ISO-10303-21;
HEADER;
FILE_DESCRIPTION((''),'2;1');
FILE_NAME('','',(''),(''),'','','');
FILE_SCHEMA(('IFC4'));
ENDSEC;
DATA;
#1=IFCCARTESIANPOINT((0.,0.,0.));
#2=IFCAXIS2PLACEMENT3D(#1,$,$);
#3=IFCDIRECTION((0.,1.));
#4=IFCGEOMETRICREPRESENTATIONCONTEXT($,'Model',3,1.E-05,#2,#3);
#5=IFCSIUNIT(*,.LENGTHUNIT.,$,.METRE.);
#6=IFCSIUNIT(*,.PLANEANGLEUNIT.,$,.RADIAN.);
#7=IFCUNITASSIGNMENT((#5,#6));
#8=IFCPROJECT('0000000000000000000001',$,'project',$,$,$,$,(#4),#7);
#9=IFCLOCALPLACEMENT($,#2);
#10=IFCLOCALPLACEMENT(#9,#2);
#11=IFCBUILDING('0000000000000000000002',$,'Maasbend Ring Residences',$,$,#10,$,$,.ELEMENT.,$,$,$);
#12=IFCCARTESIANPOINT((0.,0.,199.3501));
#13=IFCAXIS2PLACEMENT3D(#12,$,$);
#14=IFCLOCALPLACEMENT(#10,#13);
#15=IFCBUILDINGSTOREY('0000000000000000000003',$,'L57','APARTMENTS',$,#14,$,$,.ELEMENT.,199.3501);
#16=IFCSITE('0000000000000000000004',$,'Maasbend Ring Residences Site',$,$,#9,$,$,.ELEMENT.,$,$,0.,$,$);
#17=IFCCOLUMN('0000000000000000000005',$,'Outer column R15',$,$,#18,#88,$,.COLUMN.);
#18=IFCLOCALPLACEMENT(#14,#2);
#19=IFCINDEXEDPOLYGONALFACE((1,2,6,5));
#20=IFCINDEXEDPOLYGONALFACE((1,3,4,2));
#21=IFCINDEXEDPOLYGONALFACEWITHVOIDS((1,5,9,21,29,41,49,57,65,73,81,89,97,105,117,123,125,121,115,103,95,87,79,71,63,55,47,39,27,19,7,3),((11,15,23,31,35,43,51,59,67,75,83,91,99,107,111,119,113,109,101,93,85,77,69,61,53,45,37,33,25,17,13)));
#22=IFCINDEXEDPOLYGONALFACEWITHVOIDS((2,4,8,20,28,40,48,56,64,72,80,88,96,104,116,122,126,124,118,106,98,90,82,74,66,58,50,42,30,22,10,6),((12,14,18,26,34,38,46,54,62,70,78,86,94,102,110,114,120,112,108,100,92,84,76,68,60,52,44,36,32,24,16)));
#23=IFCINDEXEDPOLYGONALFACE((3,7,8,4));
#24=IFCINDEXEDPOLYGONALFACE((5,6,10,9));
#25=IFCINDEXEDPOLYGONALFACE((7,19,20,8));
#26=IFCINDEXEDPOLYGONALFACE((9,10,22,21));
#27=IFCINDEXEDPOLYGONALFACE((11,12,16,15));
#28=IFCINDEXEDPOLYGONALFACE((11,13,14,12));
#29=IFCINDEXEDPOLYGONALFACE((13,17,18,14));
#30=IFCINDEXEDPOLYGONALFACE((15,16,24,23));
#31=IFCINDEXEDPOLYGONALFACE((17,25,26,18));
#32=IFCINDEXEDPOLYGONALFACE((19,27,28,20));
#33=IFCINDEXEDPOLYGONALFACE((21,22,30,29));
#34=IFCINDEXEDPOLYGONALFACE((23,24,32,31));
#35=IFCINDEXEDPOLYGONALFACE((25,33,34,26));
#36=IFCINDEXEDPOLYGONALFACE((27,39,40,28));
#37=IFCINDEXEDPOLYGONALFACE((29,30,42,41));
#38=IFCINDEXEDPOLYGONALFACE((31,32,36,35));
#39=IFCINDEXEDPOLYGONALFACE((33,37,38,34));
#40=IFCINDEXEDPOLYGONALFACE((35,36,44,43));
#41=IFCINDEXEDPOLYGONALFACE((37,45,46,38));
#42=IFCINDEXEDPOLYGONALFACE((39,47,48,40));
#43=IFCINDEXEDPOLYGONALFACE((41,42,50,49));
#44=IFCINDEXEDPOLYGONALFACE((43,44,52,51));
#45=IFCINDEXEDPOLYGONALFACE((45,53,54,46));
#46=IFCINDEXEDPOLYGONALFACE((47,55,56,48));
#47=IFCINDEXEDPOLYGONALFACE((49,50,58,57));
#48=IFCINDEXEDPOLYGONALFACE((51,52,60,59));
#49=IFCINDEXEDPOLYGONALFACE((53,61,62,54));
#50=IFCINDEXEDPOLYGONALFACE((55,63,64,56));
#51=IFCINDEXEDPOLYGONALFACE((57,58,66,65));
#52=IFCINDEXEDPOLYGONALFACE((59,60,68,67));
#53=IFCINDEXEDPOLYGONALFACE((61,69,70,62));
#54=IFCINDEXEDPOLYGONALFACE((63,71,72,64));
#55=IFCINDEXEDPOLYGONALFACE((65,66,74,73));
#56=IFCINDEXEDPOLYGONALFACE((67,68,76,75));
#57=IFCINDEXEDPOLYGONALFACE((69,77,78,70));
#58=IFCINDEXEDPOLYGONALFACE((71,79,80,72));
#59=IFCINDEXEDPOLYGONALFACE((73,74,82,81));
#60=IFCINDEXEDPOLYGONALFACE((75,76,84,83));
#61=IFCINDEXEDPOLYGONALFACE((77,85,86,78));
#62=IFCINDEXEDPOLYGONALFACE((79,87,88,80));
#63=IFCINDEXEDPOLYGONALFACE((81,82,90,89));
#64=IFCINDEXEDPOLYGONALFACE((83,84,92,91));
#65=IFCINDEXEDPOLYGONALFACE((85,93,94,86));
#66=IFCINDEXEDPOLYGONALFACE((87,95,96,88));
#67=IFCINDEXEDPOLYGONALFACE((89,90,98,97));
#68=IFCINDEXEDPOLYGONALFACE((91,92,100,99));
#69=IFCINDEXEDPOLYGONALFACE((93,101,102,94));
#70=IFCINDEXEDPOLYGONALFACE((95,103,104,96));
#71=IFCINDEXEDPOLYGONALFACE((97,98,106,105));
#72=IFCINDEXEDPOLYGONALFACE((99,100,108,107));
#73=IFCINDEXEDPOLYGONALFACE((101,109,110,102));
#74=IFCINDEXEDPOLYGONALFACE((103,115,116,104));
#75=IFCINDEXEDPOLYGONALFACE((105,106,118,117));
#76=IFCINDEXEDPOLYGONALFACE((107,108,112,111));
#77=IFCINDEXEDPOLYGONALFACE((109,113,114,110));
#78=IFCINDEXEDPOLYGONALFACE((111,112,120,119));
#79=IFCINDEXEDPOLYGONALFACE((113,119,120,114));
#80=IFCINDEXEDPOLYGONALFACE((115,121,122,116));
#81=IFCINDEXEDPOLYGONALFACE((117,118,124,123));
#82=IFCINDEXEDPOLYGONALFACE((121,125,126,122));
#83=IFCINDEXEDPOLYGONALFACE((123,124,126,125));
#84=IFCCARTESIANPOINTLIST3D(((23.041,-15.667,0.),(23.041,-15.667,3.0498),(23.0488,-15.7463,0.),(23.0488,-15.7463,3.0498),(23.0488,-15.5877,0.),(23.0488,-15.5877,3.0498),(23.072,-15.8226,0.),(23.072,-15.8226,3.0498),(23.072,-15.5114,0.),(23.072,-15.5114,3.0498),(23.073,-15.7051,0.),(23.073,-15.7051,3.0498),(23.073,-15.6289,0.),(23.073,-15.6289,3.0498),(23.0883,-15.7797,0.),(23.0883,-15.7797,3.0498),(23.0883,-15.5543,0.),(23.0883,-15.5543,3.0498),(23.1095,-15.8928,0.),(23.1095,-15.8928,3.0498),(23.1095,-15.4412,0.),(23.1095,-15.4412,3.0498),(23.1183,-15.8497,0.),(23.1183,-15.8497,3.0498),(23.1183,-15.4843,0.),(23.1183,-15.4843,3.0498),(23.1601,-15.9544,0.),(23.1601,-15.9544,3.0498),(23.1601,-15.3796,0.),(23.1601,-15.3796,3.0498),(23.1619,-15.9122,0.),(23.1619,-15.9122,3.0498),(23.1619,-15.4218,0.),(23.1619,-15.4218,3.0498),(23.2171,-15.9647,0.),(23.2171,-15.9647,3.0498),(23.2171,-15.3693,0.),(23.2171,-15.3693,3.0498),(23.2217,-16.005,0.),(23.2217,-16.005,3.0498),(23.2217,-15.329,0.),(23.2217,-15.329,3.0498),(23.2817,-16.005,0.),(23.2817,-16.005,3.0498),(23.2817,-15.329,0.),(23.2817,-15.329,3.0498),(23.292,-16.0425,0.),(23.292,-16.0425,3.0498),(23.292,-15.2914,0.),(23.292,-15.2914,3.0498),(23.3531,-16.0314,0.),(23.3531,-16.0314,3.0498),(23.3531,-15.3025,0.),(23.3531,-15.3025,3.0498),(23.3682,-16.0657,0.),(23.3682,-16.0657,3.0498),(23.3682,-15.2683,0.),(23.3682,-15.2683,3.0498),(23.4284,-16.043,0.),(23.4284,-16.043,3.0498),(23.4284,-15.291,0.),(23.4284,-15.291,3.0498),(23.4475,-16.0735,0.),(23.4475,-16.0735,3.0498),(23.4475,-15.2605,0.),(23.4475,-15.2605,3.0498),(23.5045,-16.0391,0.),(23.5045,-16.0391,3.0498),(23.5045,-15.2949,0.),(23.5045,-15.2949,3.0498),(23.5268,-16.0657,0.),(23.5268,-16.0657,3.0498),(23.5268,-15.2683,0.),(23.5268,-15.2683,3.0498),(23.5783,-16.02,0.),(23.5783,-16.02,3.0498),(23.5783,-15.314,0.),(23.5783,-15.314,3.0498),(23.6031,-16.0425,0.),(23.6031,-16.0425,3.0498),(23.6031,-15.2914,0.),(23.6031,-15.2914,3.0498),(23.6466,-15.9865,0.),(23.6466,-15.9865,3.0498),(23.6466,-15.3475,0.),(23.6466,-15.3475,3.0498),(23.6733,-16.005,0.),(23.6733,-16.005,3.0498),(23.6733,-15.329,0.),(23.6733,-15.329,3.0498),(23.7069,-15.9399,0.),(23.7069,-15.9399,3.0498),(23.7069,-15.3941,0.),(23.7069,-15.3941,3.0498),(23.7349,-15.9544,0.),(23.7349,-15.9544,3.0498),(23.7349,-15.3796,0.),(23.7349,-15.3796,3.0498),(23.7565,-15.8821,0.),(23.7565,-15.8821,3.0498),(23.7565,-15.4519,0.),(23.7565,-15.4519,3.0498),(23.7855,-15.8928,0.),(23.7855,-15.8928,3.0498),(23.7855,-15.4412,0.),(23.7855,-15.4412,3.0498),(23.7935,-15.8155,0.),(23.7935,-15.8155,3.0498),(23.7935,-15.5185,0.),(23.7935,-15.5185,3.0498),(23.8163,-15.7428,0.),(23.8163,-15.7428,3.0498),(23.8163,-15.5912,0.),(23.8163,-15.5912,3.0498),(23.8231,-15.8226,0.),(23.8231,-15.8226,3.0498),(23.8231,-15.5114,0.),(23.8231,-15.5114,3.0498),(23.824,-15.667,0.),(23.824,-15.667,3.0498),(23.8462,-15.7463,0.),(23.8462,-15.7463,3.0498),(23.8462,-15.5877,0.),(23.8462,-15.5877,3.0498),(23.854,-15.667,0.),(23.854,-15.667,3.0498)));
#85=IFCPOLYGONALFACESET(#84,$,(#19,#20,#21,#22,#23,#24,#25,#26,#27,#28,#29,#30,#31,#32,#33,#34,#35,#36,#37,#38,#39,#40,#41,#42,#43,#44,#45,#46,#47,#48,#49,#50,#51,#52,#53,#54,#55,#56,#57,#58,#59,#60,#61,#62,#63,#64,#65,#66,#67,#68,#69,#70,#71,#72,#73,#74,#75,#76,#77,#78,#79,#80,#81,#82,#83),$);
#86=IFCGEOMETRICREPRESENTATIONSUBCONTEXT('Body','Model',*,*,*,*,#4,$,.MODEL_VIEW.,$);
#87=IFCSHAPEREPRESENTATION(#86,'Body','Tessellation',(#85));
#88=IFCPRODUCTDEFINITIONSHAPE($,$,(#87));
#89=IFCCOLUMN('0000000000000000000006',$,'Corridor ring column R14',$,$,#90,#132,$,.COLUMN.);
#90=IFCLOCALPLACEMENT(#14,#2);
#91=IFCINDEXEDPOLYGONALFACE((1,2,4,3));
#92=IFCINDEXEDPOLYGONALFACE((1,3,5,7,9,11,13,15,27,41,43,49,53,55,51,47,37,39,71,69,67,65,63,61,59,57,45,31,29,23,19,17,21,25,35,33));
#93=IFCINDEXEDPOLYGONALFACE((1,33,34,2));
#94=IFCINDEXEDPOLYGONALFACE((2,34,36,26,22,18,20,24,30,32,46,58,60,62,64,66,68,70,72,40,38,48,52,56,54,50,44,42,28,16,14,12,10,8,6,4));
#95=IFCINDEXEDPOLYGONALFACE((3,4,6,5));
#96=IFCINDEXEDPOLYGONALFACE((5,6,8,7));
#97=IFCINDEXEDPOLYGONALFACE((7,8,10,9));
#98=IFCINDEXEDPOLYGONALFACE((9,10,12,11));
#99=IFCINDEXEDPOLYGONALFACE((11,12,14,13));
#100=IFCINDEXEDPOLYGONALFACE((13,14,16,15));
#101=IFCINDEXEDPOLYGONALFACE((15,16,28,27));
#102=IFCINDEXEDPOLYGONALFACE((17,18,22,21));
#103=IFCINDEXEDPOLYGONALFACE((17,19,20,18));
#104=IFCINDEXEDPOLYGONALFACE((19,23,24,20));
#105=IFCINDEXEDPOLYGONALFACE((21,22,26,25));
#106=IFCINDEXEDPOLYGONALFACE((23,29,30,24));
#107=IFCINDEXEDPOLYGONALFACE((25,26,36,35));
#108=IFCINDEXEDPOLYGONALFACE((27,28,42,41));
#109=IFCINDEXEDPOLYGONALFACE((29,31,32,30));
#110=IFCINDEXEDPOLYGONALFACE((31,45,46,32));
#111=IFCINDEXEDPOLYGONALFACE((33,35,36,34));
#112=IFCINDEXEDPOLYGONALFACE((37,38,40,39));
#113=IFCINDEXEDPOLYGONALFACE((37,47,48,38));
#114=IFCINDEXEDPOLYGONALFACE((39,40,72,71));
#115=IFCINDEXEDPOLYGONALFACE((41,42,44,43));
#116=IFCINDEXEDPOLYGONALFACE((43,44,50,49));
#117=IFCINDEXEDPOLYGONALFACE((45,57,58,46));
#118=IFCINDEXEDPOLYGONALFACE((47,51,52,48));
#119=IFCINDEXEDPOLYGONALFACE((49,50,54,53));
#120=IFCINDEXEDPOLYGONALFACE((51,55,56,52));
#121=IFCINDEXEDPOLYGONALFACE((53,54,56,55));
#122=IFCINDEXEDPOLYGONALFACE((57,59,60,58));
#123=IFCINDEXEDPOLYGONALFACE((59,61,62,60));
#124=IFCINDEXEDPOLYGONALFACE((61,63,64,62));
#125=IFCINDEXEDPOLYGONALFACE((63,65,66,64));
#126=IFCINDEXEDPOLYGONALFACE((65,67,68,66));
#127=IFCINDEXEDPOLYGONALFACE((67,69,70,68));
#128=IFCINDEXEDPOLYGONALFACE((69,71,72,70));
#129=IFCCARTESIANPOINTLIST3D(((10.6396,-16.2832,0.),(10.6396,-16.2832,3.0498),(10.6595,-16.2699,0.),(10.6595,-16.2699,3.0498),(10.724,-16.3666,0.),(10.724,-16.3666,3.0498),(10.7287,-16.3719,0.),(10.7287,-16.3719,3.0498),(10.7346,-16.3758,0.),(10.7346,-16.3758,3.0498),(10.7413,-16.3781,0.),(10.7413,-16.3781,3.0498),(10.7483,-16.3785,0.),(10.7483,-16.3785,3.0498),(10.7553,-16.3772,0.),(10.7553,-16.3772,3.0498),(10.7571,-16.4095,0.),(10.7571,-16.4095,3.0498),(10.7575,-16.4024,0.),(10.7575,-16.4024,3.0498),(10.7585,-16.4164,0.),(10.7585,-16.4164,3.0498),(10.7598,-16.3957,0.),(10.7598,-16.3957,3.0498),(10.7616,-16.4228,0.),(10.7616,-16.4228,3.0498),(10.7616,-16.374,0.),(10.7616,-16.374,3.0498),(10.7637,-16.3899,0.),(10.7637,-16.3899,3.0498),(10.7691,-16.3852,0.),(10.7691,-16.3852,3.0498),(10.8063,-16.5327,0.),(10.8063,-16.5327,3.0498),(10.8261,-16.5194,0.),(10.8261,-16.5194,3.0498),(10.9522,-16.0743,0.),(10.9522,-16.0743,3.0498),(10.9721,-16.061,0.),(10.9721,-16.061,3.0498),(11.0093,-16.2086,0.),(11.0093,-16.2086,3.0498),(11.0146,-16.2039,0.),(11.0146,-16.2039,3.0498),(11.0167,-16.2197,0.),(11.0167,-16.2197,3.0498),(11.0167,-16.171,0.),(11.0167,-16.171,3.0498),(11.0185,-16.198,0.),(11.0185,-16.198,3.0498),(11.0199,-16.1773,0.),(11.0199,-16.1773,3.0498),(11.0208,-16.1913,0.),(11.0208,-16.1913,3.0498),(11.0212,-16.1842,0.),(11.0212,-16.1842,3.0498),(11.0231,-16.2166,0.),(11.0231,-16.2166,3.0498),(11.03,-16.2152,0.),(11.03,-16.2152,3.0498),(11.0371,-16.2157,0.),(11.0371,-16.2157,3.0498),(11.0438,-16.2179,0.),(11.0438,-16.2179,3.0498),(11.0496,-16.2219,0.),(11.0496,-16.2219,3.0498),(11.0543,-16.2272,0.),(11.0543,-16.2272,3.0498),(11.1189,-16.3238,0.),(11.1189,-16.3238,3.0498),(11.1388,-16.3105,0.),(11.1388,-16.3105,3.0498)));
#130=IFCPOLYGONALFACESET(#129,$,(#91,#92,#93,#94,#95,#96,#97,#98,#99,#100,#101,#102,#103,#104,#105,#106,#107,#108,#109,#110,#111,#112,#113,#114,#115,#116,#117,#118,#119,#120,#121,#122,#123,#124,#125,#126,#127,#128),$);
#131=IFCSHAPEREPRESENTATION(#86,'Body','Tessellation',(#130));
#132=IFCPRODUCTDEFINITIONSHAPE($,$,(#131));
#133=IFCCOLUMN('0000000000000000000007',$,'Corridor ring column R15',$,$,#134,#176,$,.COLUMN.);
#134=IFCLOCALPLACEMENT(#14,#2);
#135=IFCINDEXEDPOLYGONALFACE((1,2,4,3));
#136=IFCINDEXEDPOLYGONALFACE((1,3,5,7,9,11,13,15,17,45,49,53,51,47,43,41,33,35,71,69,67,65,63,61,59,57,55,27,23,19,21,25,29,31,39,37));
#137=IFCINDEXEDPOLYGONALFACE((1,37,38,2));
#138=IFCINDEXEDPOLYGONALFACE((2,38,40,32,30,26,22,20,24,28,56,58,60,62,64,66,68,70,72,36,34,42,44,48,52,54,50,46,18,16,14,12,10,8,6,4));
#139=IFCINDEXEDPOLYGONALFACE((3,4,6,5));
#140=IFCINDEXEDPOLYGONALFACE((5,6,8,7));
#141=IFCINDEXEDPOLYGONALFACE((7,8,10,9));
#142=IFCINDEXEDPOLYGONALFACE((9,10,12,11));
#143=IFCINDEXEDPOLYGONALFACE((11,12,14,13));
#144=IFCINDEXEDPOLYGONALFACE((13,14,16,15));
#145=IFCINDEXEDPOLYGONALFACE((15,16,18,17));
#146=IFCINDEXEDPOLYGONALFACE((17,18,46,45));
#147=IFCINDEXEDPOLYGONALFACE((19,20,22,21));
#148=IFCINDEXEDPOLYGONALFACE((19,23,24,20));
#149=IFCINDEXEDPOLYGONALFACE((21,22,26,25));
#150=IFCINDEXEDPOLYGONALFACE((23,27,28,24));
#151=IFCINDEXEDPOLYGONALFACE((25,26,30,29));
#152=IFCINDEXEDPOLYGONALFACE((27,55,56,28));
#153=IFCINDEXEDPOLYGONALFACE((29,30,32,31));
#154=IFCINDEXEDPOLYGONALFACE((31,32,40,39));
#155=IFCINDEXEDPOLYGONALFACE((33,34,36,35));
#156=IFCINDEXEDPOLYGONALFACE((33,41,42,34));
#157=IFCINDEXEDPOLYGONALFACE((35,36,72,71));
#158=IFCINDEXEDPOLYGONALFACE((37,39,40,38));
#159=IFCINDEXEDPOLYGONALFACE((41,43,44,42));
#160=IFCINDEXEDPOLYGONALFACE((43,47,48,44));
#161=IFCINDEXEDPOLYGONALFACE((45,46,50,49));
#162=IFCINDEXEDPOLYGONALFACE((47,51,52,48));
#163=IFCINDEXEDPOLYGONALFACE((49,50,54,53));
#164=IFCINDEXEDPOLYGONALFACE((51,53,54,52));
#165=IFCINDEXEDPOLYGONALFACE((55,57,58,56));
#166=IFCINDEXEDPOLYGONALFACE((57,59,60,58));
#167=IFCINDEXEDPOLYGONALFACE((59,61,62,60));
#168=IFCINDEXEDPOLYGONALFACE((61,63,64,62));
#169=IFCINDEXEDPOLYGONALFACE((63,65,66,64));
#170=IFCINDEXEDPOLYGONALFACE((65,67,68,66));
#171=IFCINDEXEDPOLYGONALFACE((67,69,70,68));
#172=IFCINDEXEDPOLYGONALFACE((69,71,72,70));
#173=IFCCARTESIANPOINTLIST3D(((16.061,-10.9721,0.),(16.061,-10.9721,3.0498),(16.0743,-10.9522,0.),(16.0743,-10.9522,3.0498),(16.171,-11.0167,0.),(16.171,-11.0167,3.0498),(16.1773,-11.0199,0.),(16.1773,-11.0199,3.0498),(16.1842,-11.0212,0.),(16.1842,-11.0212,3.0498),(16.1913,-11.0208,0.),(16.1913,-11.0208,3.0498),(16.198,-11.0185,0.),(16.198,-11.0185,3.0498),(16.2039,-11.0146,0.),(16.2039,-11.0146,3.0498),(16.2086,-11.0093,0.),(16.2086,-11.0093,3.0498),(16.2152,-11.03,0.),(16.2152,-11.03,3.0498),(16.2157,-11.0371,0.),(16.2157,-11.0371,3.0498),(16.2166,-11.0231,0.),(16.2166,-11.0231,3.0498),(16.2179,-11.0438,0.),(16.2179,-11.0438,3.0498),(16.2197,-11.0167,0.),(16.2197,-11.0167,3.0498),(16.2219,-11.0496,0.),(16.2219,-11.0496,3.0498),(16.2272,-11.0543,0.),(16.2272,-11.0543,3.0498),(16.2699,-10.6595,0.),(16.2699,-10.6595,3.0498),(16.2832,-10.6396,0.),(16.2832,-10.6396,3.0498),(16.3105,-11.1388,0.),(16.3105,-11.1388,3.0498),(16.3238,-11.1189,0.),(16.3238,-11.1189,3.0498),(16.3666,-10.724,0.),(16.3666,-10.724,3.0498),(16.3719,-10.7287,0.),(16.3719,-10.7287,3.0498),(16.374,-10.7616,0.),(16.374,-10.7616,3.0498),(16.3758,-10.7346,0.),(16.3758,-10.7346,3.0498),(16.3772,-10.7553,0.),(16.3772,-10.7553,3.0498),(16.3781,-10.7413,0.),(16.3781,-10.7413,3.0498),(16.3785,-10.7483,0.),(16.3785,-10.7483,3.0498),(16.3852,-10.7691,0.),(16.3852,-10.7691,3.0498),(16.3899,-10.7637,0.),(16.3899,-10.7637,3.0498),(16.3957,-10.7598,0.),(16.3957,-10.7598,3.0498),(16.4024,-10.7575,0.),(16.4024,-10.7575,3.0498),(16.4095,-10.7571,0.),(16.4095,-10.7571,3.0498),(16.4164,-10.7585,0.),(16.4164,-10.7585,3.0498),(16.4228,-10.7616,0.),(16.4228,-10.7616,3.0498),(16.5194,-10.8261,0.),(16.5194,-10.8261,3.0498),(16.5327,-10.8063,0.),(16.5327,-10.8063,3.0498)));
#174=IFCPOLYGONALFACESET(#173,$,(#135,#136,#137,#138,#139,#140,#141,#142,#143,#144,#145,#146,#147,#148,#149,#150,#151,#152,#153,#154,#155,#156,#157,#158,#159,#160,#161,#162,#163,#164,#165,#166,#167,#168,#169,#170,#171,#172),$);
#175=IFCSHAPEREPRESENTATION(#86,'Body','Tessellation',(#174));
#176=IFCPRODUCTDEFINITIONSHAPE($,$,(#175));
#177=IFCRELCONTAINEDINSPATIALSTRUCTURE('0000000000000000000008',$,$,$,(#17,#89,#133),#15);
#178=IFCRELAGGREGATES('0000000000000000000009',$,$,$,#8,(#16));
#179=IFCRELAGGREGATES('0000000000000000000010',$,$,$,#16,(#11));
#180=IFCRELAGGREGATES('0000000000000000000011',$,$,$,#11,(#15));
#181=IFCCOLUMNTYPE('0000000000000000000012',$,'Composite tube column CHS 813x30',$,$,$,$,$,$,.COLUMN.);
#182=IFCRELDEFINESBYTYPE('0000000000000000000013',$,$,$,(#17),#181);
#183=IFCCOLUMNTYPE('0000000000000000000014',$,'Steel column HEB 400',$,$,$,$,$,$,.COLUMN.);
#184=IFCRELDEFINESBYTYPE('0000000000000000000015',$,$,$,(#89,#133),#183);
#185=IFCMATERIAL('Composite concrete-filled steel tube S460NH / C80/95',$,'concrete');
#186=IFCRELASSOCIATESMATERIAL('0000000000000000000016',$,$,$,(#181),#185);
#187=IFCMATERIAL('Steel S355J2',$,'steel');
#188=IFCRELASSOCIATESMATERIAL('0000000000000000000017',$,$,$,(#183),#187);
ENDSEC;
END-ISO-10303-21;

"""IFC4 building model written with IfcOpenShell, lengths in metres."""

from ifc_helpers import new_model, si_unit, direction, frame, origin, origin_2d, place, context, subcontext, project, spatial, hollow_circle, i_section, extrude, material, material_profile, profile_set, type_object, element, save


model = new_model("IFC4")

# Units and contexts
model_context = context("Model", 3, precision=1e-05, world=origin(), true_north=direction((0.0, 1.0)))
body_context = subcontext(model_context, "Body", "Model", "MODEL_VIEW")
ifc_project = project(units=[si_unit("LENGTHUNIT", "METRE"), si_unit("PLANEANGLEUNIT", "RADIAN")], contexts=[model_context])

# Site, building, storey
site_placement = place(None, origin())
site = spatial("IfcSite", under=ifc_project, at=site_placement, Name="Maasbend Ring Residences Site", CompositionType="ELEMENT", RefElevation=0.0)
building_placement = place(site_placement, origin())
building = spatial("IfcBuilding", under=site, at=building_placement, Name="Maasbend Ring Residences", CompositionType="ELEMENT")
storey_placement = place(building_placement, frame((0.0, 0.0, 199.3501)))
storey = spatial("IfcBuildingStorey", under=building, at=storey_placement, Name="L57", Description="APARTMENTS", CompositionType="ELEMENT", Elevation=199.3501)

# Columns
ifc_material_1 = material(Name="Composite concrete-filled steel tube S460NH / C80/95", Category="concrete")
ifc_material_profile_1 = material_profile(ifc_material_1, hollow_circle(Radius=0.4065, WallThickness=0.03, at=origin_2d()), Name="Composite tube column CHS 813x30")
ifc_profile_set_1 = profile_set([ifc_material_profile_1], Name="Composite concrete-filled steel tube S460NH / C80/95")
column_type_1 = type_object("IfcColumnType", Name="Composite tube column CHS 813x30", PredefinedType="COLUMN", material=ifc_profile_set_1)
column_placement = place(storey_placement, frame((23.4475, -15.667, 0.0), z_axis=(0.0, 0.0, 1.0), x_axis=(1.0, 0.0, 0.0)))
element("IfcColumn", 1, at=column_placement, inside=storey, type_object=column_type_1, Name="Outer column R15", PredefinedType="COLUMN", context=body_context, shape_type="SweptSolid", body=[
    extrude(hollow_circle(Radius=0.4065, WallThickness=0.03, at=origin_2d()), origin(), (0.0, 0.0, 1.0), 3.0498),
])
ifc_material_2 = material(Name="Steel S355J2", Category="steel")
ifc_material_profile_2 = material_profile(ifc_material_2, i_section(OverallWidth=0.3, OverallDepth=0.3999, WebThickness=0.0134, FlangeThickness=0.0239, FilletRadius=0.0271, at=origin_2d()), Name="HEB 400")
ifc_profile_set_2 = profile_set([ifc_material_profile_2], Name="Steel S355J2")
column_type_2 = type_object("IfcColumnType", Name="Steel column HEB 400", PredefinedType="COLUMN", material=ifc_profile_set_2)
for number, where, z_axis, x_axis, name in (
    (2, (10.8892, -16.2969, 0.0), (0.0, 0.0, 1.0), (0.55557, -0.83147, 0.0), "Corridor ring column R14"),
    (3, (16.2969, -10.8892, 0.0), (0.0, 0.0, 1.0), (0.83147, -0.55557, 0.0), "Corridor ring column R15"),
):
    element("IfcColumn", number, at=place(storey_placement, frame(where, z_axis=z_axis, x_axis=x_axis)), inside=storey, type_object=column_type_2, Name=name, PredefinedType="COLUMN", context=body_context, shape_type="SweptSolid", body=[
        extrude(i_section(OverallWidth=0.3, OverallDepth=0.3999, WebThickness=0.0134, FlangeThickness=0.0239, FilletRadius=0.0271, at=origin_2d()), origin(), (0.0, 0.0, 1.0), 3.0498),
    ])

save(model, "model.ifc")
